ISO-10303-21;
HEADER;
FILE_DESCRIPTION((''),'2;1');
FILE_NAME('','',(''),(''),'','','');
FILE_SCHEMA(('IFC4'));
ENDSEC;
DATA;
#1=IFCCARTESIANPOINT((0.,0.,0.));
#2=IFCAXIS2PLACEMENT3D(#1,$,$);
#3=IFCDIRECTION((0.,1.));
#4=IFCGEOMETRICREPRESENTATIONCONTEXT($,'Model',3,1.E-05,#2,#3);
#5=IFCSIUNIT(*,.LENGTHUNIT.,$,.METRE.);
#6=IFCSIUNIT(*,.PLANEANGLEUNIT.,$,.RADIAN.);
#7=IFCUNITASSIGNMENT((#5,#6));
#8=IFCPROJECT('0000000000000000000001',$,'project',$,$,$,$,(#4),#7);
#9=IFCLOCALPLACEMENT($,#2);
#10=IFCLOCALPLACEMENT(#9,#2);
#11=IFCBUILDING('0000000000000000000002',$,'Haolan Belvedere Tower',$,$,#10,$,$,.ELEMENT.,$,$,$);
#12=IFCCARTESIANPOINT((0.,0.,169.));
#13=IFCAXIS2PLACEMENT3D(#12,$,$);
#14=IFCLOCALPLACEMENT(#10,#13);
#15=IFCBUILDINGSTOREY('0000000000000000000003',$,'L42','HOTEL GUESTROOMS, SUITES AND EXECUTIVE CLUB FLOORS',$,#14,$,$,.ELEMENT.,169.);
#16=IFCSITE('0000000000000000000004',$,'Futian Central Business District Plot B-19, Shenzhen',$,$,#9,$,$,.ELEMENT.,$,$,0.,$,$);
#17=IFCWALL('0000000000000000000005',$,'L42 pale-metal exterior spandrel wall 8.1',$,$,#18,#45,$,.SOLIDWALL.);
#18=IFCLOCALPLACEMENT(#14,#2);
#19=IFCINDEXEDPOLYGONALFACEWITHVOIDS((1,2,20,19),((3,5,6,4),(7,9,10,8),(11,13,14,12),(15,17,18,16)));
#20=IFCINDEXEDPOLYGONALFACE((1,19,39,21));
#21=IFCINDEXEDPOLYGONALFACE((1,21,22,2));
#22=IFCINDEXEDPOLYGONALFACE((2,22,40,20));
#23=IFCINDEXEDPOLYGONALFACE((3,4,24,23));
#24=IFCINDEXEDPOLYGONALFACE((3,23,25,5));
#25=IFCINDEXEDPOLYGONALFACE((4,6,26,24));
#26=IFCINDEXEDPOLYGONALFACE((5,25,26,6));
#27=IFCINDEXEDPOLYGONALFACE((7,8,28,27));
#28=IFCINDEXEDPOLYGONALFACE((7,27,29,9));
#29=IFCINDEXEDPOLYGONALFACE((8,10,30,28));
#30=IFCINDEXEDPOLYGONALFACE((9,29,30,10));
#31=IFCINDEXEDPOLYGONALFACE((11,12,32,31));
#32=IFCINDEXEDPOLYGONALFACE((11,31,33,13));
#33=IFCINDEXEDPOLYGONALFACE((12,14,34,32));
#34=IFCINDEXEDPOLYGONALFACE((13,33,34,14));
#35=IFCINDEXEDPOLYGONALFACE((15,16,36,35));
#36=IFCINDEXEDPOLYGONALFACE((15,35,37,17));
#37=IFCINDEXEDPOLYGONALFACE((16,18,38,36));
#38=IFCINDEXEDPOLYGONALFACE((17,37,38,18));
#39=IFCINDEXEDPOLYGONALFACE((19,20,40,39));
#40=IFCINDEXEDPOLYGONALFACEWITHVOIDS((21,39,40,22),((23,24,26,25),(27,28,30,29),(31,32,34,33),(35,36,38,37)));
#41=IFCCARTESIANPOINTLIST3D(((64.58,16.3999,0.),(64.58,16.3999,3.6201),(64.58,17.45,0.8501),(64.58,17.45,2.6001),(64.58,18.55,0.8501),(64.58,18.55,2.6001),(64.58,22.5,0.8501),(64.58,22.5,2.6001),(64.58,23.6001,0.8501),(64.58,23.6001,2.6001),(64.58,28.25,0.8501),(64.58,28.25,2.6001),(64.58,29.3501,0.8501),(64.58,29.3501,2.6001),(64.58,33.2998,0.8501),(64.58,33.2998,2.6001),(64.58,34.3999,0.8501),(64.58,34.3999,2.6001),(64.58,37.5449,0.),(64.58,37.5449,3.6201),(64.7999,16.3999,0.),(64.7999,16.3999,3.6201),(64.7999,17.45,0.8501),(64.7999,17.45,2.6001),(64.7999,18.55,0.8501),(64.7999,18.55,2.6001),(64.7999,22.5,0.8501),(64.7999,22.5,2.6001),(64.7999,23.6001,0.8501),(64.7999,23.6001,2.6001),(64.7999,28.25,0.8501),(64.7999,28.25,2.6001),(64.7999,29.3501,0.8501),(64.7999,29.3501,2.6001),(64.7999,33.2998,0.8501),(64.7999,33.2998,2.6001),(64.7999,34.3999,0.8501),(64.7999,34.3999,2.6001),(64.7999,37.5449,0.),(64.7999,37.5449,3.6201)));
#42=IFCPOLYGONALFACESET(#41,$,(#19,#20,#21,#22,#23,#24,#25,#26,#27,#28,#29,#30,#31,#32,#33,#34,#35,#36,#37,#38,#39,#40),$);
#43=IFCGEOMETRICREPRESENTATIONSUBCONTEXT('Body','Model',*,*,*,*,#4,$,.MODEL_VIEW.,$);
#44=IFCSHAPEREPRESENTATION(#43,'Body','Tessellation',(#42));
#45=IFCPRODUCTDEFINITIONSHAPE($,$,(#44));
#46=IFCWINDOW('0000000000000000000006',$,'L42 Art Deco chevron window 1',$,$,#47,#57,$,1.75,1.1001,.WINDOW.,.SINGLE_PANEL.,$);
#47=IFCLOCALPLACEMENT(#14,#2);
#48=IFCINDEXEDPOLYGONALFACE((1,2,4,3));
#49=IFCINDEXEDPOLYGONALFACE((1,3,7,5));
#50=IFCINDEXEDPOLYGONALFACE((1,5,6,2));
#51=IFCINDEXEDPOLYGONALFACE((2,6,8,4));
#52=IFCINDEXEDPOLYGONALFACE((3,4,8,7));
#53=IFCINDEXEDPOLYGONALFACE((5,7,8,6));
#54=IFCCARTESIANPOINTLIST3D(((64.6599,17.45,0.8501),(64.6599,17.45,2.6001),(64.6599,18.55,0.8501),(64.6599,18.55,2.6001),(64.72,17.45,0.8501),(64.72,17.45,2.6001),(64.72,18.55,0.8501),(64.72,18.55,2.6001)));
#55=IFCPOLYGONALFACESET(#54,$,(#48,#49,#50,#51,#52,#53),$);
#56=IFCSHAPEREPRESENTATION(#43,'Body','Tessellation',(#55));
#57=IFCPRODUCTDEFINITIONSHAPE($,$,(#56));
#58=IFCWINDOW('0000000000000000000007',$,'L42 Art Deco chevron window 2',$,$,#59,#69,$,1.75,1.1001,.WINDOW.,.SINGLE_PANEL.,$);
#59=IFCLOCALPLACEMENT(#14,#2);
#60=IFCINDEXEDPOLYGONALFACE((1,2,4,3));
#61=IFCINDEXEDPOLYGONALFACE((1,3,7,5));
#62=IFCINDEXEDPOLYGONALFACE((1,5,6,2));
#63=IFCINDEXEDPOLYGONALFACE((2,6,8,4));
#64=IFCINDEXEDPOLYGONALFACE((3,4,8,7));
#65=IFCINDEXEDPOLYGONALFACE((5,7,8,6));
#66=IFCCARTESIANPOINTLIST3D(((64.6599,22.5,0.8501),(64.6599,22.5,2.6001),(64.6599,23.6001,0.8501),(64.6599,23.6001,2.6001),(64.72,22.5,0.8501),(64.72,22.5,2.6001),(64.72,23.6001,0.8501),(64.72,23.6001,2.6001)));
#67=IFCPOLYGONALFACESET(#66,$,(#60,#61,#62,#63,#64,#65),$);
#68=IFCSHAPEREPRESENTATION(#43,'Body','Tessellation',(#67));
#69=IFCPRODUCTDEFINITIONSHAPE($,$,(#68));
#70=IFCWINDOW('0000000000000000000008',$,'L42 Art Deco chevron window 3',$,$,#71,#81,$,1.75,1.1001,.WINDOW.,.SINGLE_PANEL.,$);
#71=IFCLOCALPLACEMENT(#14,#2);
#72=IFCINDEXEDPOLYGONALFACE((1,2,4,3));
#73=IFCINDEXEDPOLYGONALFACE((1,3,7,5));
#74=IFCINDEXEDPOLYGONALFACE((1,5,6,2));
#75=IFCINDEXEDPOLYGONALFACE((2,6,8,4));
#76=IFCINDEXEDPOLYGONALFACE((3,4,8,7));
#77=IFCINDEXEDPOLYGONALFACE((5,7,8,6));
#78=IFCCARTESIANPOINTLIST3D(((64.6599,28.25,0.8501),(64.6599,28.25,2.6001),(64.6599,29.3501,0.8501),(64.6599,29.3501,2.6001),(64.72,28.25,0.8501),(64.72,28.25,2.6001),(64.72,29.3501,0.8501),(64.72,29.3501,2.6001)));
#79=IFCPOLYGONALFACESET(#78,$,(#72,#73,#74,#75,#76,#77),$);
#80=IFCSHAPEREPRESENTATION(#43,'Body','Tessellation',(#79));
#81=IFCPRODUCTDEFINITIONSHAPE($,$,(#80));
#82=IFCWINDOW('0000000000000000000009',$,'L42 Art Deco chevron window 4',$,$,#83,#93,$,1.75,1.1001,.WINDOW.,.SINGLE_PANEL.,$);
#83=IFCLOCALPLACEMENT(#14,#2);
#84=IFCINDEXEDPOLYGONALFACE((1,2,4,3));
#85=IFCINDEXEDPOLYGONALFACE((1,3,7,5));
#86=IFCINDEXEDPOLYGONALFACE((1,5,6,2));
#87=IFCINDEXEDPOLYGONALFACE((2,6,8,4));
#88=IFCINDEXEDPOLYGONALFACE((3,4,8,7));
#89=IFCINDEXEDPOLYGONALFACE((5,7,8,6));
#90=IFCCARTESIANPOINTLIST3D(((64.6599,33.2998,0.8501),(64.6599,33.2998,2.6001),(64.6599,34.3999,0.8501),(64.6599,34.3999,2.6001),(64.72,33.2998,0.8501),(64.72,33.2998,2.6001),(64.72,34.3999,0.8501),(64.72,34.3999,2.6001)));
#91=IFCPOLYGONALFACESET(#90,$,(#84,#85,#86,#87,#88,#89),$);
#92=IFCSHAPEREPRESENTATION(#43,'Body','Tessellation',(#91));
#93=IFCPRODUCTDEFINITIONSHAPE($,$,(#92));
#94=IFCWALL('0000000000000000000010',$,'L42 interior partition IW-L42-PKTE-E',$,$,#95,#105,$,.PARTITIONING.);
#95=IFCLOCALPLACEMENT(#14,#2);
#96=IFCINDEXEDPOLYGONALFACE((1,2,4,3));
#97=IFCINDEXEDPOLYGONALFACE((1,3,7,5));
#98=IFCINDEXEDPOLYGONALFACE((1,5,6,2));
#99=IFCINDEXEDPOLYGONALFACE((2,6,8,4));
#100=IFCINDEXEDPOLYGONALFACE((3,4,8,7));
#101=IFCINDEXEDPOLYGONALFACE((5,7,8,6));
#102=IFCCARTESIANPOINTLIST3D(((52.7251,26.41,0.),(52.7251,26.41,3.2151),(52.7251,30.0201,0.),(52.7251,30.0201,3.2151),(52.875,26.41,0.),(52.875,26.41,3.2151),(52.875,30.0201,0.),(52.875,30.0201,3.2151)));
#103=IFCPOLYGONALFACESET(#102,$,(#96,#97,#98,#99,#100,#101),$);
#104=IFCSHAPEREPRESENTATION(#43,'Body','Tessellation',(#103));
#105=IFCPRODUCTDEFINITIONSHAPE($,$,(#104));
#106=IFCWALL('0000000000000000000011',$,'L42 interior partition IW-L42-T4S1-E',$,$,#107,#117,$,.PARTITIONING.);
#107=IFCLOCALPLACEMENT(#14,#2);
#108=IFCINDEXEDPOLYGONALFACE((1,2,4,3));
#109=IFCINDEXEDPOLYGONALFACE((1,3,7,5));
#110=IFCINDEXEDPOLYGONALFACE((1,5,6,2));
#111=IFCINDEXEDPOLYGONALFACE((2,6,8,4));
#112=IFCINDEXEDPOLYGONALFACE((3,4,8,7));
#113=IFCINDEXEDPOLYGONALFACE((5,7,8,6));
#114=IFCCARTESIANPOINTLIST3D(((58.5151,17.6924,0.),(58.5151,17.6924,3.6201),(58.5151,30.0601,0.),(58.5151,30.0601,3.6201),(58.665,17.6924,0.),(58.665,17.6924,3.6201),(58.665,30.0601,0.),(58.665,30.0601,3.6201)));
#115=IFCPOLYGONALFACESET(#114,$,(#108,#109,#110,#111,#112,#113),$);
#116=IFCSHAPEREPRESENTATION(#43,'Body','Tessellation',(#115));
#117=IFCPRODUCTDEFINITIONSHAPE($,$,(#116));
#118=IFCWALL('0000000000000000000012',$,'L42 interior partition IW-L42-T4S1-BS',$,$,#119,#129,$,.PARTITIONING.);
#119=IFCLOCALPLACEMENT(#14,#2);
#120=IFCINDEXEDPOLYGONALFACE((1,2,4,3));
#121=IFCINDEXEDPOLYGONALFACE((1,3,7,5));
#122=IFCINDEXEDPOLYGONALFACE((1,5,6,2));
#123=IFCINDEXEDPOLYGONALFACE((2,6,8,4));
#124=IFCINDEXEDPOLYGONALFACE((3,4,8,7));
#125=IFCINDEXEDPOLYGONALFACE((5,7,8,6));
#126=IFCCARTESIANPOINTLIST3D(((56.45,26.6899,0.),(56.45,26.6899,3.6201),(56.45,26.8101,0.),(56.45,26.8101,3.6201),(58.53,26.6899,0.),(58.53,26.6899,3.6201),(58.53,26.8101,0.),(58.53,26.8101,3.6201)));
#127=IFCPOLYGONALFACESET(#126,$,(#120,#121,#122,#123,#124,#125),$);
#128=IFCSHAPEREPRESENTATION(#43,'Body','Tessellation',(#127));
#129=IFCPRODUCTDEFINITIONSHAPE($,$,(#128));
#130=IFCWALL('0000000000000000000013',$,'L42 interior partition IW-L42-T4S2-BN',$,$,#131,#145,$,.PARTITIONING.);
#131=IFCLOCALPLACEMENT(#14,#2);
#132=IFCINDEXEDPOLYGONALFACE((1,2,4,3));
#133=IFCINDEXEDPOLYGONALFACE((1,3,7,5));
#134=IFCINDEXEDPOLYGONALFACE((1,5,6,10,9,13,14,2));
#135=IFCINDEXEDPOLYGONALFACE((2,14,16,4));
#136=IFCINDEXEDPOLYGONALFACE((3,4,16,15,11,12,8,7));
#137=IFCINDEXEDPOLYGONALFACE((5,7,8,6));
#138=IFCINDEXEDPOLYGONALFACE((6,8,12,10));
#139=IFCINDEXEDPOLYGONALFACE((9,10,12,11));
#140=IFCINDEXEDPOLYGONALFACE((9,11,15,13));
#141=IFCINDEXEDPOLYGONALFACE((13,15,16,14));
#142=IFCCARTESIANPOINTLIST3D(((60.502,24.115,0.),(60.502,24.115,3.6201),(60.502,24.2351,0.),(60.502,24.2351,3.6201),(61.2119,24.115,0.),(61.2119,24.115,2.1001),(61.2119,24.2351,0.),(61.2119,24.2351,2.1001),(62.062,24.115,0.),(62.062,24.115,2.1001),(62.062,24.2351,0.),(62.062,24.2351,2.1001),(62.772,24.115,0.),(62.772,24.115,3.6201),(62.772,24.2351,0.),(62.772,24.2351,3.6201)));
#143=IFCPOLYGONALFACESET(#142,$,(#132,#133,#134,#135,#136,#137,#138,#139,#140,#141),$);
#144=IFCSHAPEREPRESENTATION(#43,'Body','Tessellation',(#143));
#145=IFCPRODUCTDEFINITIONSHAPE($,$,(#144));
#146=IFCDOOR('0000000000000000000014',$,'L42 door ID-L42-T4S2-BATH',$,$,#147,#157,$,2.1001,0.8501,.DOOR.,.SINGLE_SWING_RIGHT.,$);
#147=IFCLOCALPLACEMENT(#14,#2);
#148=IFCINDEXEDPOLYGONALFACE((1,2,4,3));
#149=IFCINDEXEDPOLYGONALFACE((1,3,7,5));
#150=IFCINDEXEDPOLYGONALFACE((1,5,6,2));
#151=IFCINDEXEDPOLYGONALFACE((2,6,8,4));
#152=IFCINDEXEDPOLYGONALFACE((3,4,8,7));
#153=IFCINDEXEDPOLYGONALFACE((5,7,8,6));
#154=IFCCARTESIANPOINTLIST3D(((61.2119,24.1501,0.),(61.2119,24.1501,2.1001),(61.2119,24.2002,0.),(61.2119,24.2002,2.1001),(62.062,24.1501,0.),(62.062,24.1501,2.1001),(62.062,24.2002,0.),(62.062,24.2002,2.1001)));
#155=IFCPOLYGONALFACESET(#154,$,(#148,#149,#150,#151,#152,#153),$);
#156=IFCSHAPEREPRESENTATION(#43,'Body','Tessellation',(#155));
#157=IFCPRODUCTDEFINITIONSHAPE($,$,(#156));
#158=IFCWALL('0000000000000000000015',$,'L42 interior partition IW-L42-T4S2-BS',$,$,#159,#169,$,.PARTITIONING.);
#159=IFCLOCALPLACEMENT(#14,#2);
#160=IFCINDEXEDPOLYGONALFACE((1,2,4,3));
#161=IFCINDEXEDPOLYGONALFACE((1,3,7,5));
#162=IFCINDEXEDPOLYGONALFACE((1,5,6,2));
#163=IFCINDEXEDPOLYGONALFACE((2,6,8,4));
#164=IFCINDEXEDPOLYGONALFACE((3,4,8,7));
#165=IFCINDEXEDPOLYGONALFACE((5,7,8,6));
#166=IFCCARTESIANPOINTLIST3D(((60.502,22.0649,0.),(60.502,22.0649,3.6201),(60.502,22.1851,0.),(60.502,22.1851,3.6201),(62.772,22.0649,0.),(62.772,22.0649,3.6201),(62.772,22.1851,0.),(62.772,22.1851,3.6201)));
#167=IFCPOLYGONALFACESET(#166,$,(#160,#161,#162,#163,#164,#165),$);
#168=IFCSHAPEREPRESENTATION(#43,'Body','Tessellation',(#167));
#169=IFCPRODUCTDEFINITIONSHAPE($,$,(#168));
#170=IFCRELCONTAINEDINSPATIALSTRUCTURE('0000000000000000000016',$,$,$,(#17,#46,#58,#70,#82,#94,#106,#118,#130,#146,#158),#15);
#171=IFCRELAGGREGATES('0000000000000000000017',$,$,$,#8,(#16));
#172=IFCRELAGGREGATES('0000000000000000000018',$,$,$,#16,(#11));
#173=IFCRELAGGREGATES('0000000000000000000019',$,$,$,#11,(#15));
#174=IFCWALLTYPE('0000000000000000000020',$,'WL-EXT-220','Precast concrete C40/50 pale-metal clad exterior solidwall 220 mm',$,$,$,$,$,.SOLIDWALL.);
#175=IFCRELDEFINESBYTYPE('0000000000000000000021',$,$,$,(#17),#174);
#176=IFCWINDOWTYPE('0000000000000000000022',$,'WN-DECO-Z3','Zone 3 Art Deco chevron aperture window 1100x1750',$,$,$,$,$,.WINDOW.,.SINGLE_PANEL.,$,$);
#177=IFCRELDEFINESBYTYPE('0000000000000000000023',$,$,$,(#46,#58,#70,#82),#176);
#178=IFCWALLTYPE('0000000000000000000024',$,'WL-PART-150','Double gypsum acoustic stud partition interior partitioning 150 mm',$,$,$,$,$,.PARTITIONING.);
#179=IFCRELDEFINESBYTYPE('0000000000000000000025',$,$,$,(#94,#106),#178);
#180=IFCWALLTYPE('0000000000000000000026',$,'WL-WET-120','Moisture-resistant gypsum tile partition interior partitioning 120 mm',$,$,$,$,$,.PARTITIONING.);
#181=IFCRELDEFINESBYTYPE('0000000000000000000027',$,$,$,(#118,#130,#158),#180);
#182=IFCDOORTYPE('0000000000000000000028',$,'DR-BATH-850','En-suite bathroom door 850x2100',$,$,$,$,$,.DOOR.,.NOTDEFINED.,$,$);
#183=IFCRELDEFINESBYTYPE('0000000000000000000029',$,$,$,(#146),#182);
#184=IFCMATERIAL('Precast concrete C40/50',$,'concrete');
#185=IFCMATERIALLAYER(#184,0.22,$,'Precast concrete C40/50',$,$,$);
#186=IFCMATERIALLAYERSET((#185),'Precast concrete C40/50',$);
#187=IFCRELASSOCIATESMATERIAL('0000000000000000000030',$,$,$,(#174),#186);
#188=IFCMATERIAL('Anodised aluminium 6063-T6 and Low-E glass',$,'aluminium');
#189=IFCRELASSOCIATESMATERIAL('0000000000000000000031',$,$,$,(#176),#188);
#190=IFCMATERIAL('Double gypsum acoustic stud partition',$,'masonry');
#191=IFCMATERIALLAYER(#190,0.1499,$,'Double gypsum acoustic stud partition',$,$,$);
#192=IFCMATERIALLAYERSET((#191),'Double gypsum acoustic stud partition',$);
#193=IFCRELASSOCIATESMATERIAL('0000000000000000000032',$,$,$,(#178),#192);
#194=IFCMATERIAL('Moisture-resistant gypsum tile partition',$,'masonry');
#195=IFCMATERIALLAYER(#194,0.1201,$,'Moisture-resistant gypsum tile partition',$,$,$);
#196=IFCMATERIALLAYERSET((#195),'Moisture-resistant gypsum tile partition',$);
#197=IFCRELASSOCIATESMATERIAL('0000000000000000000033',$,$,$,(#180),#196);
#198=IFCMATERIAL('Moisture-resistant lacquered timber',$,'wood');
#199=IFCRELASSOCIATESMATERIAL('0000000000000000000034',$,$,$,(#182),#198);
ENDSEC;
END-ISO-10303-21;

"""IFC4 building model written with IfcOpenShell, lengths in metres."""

from ifc_helpers import new_model, si_unit, direction, frame, frame_2d, origin, place, context, subcontext, project, spatial, rectangle, extrude, material, layer, layer_set, type_object, element, fill, save


model = new_model("IFC4")

# Units and contexts
model_context = context("Model", 3, precision=1e-05, world=origin(), true_north=direction((0.0, 1.0)))
body_context = subcontext(model_context, "Body", "Model", "MODEL_VIEW")
ifc_project = project(units=[si_unit("LENGTHUNIT", "METRE"), si_unit("PLANEANGLEUNIT", "RADIAN")], contexts=[model_context])

# Site, building, storey
site_placement = place(None, origin())
site = spatial("IfcSite", under=ifc_project, at=site_placement, Name="Futian Central Business District Plot B-19, Shenzhen", CompositionType="ELEMENT", RefElevation=0.0)
building_placement = place(site_placement, origin())
building = spatial("IfcBuilding", under=site, at=building_placement, Name="Haolan Belvedere Tower", CompositionType="ELEMENT")
storey_placement = place(building_placement, frame((0.0, 0.0, 169.0)))
storey = spatial("IfcBuildingStorey", under=building, at=storey_placement, Name="L42", Description="HOTEL GUESTROOMS, SUITES AND EXECUTIVE CLUB FLOORS", CompositionType="ELEMENT", Elevation=169.0)

# Shared definitions
ifc_material_1 = material(Name="Precast concrete C40/50", Category="concrete")
ifc_layer_1 = layer(ifc_material_1, 0.22, Name="Precast concrete C40/50")
ifc_layer_set_1 = layer_set([ifc_layer_1], Name="Precast concrete C40/50")
wall_type_1 = type_object("IfcWallType", Name="WL-EXT-220", Description="Precast concrete C40/50 pale-metal clad exterior solidwall 220 mm", PredefinedType="SOLIDWALL", material=ifc_layer_set_1)
ifc_material_2 = material(Name="Anodised aluminium 6063-T6 and Low-E glass", Category="aluminium")
window_type = type_object("IfcWindowType", Name="WN-DECO-Z3", Description="Zone 3 Art Deco chevron aperture window 1100x1750", PartitioningType="SINGLE_PANEL", PredefinedType="WINDOW", material=ifc_material_2)

# Wall, openings, windows
wall_1_placement = place(storey_placement, frame((64.6899, 16.3999, 0.0), z_axis=(0.0, 0.0, 1.0), x_axis=(0.0, 1.0, 0.0)))
wall_1 = element("IfcWall", 1, at=wall_1_placement, inside=storey, type_object=wall_type_1, Name="L42 pale-metal exterior spandrel wall 8.1", PredefinedType="SOLIDWALL", context=body_context, shape_type="SweptSolid", body=[
    extrude(rectangle(XDim=21.145, YDim=0.22, at=frame_2d((10.5725, 0.0))), origin(), (0.0, 0.0, 1.0), 3.6201),
])
opening_1_placement = place(wall_1_placement, frame((1.05, 0.0, 0.8501)))
opening_1 = element("IfcOpeningElement", 2, at=opening_1_placement, cuts=wall_1, PredefinedType="OPENING", context=body_context, shape_type="SweptSolid", body=[
    extrude(rectangle(XDim=1.1001, YDim=1.75, at=frame_2d((0.55, 0.875))), frame((0.0, 0.1199, 0.0), z_axis=(0.0, -1.0, 0.0), x_axis=(1.0, 0.0, 0.0)), (0.0, 0.0, 1.0), 0.24),
])
opening_2_placement = place(wall_1_placement, frame((6.1001, 0.0, 0.8501)))
opening_2 = element("IfcOpeningElement", 3, at=opening_2_placement, cuts=wall_1, PredefinedType="OPENING", context=body_context, shape_type="SweptSolid", body=[
    extrude(rectangle(XDim=1.1001, YDim=1.75, at=frame_2d((0.55, 0.875))), frame((0.0, 0.1199, 0.0), z_axis=(0.0, -1.0, 0.0), x_axis=(1.0, 0.0, 0.0)), (0.0, 0.0, 1.0), 0.24),
])
opening_3_placement = place(wall_1_placement, frame((11.8501, 0.0, 0.8501)))
opening_3 = element("IfcOpeningElement", 4, at=opening_3_placement, cuts=wall_1, PredefinedType="OPENING", context=body_context, shape_type="SweptSolid", body=[
    extrude(rectangle(XDim=1.1001, YDim=1.75, at=frame_2d((0.55, 0.875))), frame((0.0, 0.1199, 0.0), z_axis=(0.0, -1.0, 0.0), x_axis=(1.0, 0.0, 0.0)), (0.0, 0.0, 1.0), 0.24),
])
opening_4_placement = place(wall_1_placement, frame((16.8999, 0.0, 0.8501)))
opening_4 = element("IfcOpeningElement", 5, at=opening_4_placement, cuts=wall_1, PredefinedType="OPENING", context=body_context, shape_type="SweptSolid", body=[
    extrude(rectangle(XDim=1.1001, YDim=1.75, at=frame_2d((0.55, 0.875))), frame((0.0, 0.1199, 0.0), z_axis=(0.0, -1.0, 0.0), x_axis=(1.0, 0.0, 0.0)), (0.0, 0.0, 1.0), 0.24),
])
window_1_placement = place(opening_1_placement, origin())
window_1 = element("IfcWindow", 6, at=window_1_placement, inside=storey, type_object=window_type, Name="L42 Art Deco chevron window 1", OverallHeight=1.75, OverallWidth=1.1001, PartitioningType="SINGLE_PANEL", PredefinedType="WINDOW", context=body_context, shape_type="SweptSolid", body=[
    extrude(rectangle(XDim=1.1001, YDim=1.75, at=frame_2d((0.55, 0.875))), frame((0.0, 0.03, 0.0), z_axis=(0.0, -1.0, 0.0), x_axis=(1.0, 0.0, 0.0)), (0.0, 0.0, 1.0), 0.0601),
])
fill(opening_1, window_1)
window_2_placement = place(opening_2_placement, origin())
window_2 = element("IfcWindow", 7, at=window_2_placement, inside=storey, type_object=window_type, Name="L42 Art Deco chevron window 2", OverallHeight=1.75, OverallWidth=1.1001, PartitioningType="SINGLE_PANEL", PredefinedType="WINDOW", context=body_context, shape_type="SweptSolid", body=[
    extrude(rectangle(XDim=1.1001, YDim=1.75, at=frame_2d((0.55, 0.875))), frame((0.0, 0.03, 0.0), z_axis=(0.0, -1.0, 0.0), x_axis=(1.0, 0.0, 0.0)), (0.0, 0.0, 1.0), 0.0601),
])
fill(opening_2, window_2)
window_3_placement = place(opening_3_placement, origin())
window_3 = element("IfcWindow", 8, at=window_3_placement, inside=storey, type_object=window_type, Name="L42 Art Deco chevron window 3", OverallHeight=1.75, OverallWidth=1.1001, PartitioningType="SINGLE_PANEL", PredefinedType="WINDOW", context=body_context, shape_type="SweptSolid", body=[
    extrude(rectangle(XDim=1.1001, YDim=1.75, at=frame_2d((0.55, 0.875))), frame((0.0, 0.03, 0.0), z_axis=(0.0, -1.0, 0.0), x_axis=(1.0, 0.0, 0.0)), (0.0, 0.0, 1.0), 0.0601),
])
fill(opening_3, window_3)
window_4_placement = place(opening_4_placement, origin())
window_4 = element("IfcWindow", 9, at=window_4_placement, inside=storey, type_object=window_type, Name="L42 Art Deco chevron window 4", OverallHeight=1.75, OverallWidth=1.1001, PartitioningType="SINGLE_PANEL", PredefinedType="WINDOW", context=body_context, shape_type="SweptSolid", body=[
    extrude(rectangle(XDim=1.1001, YDim=1.75, at=frame_2d((0.55, 0.875))), frame((0.0, 0.03, 0.0), z_axis=(0.0, -1.0, 0.0), x_axis=(1.0, 0.0, 0.0)), (0.0, 0.0, 1.0), 0.0601),
])
fill(opening_4, window_4)

# Walls
ifc_material_3 = material(Name="Double gypsum acoustic stud partition", Category="masonry")
ifc_layer_2 = layer(ifc_material_3, 0.1499, Name="Double gypsum acoustic stud partition")
ifc_layer_set_2 = layer_set([ifc_layer_2], Name="Double gypsum acoustic stud partition")
wall_type_2 = type_object("IfcWallType", Name="WL-PART-150", Description="Double gypsum acoustic stud partition interior partitioning 150 mm", PredefinedType="PARTITIONING", material=ifc_layer_set_2)
wall_2_placement = place(storey_placement, frame((52.8, 26.4099, 0.0), z_axis=(0.0, 0.0, 1.0), x_axis=(0.0, 1.0, 0.0)))
element("IfcWall", 10, at=wall_2_placement, inside=storey, type_object=wall_type_2, Name="L42 interior partition IW-L42-PKTE-E", PredefinedType="PARTITIONING", context=body_context, shape_type="SweptSolid", body=[
    extrude(rectangle(XDim=3.6101, YDim=0.1499, at=frame_2d((1.8052, 0.0))), origin(), (0.0, 0.0, 1.0), 3.2151),
])
wall_3_placement = place(storey_placement, frame((58.5901, 17.6924, 0.0), z_axis=(0.0, 0.0, 1.0), x_axis=(0.0, 1.0, 0.0)))
element("IfcWall", 11, at=wall_3_placement, inside=storey, type_object=wall_type_2, Name="L42 interior partition IW-L42-T4S1-E", PredefinedType="PARTITIONING", context=body_context, shape_type="SweptSolid", body=[
    extrude(rectangle(XDim=12.3677, YDim=0.1499, at=frame_2d((6.1838, 0.0))), origin(), (0.0, 0.0, 1.0), 3.6201),
])
ifc_material_4 = material(Name="Moisture-resistant gypsum tile partition", Category="masonry")
ifc_layer_3 = layer(ifc_material_4, 0.1201, Name="Moisture-resistant gypsum tile partition")
ifc_layer_set_3 = layer_set([ifc_layer_3], Name="Moisture-resistant gypsum tile partition")
wall_type_3 = type_object("IfcWallType", Name="WL-WET-120", Description="Moisture-resistant gypsum tile partition interior partitioning 120 mm", PredefinedType="PARTITIONING", material=ifc_layer_set_3)
wall_4_placement = place(storey_placement, frame((56.45, 26.75, 0.0), z_axis=(0.0, 0.0, 1.0), x_axis=(1.0, 0.0, 0.0)))
element("IfcWall", 12, at=wall_4_placement, inside=storey, type_object=wall_type_3, Name="L42 interior partition IW-L42-T4S1-BS", PredefinedType="PARTITIONING", context=body_context, shape_type="SweptSolid", body=[
    extrude(rectangle(XDim=2.0801, YDim=0.1201, at=frame_2d((1.04, 0.0))), origin(), (0.0, 0.0, 1.0), 3.6201),
])

# Wall, opening, door
wall_5_placement = place(storey_placement, frame((60.502, 24.175, 0.0), z_axis=(0.0, 0.0, 1.0), x_axis=(1.0, 0.0, 0.0)))
wall_5 = element("IfcWall", 13, at=wall_5_placement, inside=storey, type_object=wall_type_3, Name="L42 interior partition IW-L42-T4S2-BN", PredefinedType="PARTITIONING", context=body_context, shape_type="SweptSolid", body=[
    extrude(rectangle(XDim=2.27, YDim=0.1201, at=frame_2d((1.135, 0.0))), origin(), (0.0, 0.0, 1.0), 3.6201),
])
opening_5_placement = place(wall_5_placement, frame((1.5601, 0.0, 0.0), z_axis=(0.0, 0.0, 1.0), x_axis=(-1.0, 0.0, 0.0)))
opening_5 = element("IfcOpeningElement", 14, at=opening_5_placement, cuts=wall_5, PredefinedType="OPENING", context=body_context, shape_type="SweptSolid", body=[
    extrude(rectangle(XDim=0.8501, YDim=2.1001, at=frame_2d((0.425, 1.05))), frame((0.0, 0.0701, 0.0), z_axis=(0.0, -1.0, 0.0), x_axis=(1.0, 0.0, 0.0)), (0.0, 0.0, 1.0), 0.1401),
])
ifc_material_5 = material(Name="Moisture-resistant lacquered timber", Category="wood")
door_type = type_object("IfcDoorType", Name="DR-BATH-850", Description="En-suite bathroom door 850x2100", OperationType="NOTDEFINED", PredefinedType="DOOR", material=ifc_material_5)
door_placement = place(opening_5_placement, origin())
door = element("IfcDoor", 15, at=door_placement, inside=storey, type_object=door_type, Name="L42 door ID-L42-T4S2-BATH", OperationType="SINGLE_SWING_RIGHT", OverallHeight=2.1001, OverallWidth=0.8501, PredefinedType="DOOR", context=body_context, shape_type="SweptSolid", body=[
    extrude(rectangle(XDim=0.8501, YDim=2.1001, at=frame_2d((0.425, 1.05))), frame((0.0, 0.0249, 0.0), z_axis=(0.0, -1.0, 0.0), x_axis=(1.0, 0.0, 0.0)), (0.0, 0.0, 1.0), 0.05),
])
fill(opening_5, door)

# Wall
wall_6_placement = place(storey_placement, frame((60.502, 22.125, 0.0), z_axis=(0.0, 0.0, 1.0), x_axis=(1.0, 0.0, 0.0)))
element("IfcWall", 16, at=wall_6_placement, inside=storey, type_object=wall_type_3, Name="L42 interior partition IW-L42-T4S2-BS", PredefinedType="PARTITIONING", context=body_context, shape_type="SweptSolid", body=[
    extrude(rectangle(XDim=2.27, YDim=0.1201, at=frame_2d((1.135, 0.0))), origin(), (0.0, 0.0, 1.0), 3.6201),
])

save(model, "model.ifc")
